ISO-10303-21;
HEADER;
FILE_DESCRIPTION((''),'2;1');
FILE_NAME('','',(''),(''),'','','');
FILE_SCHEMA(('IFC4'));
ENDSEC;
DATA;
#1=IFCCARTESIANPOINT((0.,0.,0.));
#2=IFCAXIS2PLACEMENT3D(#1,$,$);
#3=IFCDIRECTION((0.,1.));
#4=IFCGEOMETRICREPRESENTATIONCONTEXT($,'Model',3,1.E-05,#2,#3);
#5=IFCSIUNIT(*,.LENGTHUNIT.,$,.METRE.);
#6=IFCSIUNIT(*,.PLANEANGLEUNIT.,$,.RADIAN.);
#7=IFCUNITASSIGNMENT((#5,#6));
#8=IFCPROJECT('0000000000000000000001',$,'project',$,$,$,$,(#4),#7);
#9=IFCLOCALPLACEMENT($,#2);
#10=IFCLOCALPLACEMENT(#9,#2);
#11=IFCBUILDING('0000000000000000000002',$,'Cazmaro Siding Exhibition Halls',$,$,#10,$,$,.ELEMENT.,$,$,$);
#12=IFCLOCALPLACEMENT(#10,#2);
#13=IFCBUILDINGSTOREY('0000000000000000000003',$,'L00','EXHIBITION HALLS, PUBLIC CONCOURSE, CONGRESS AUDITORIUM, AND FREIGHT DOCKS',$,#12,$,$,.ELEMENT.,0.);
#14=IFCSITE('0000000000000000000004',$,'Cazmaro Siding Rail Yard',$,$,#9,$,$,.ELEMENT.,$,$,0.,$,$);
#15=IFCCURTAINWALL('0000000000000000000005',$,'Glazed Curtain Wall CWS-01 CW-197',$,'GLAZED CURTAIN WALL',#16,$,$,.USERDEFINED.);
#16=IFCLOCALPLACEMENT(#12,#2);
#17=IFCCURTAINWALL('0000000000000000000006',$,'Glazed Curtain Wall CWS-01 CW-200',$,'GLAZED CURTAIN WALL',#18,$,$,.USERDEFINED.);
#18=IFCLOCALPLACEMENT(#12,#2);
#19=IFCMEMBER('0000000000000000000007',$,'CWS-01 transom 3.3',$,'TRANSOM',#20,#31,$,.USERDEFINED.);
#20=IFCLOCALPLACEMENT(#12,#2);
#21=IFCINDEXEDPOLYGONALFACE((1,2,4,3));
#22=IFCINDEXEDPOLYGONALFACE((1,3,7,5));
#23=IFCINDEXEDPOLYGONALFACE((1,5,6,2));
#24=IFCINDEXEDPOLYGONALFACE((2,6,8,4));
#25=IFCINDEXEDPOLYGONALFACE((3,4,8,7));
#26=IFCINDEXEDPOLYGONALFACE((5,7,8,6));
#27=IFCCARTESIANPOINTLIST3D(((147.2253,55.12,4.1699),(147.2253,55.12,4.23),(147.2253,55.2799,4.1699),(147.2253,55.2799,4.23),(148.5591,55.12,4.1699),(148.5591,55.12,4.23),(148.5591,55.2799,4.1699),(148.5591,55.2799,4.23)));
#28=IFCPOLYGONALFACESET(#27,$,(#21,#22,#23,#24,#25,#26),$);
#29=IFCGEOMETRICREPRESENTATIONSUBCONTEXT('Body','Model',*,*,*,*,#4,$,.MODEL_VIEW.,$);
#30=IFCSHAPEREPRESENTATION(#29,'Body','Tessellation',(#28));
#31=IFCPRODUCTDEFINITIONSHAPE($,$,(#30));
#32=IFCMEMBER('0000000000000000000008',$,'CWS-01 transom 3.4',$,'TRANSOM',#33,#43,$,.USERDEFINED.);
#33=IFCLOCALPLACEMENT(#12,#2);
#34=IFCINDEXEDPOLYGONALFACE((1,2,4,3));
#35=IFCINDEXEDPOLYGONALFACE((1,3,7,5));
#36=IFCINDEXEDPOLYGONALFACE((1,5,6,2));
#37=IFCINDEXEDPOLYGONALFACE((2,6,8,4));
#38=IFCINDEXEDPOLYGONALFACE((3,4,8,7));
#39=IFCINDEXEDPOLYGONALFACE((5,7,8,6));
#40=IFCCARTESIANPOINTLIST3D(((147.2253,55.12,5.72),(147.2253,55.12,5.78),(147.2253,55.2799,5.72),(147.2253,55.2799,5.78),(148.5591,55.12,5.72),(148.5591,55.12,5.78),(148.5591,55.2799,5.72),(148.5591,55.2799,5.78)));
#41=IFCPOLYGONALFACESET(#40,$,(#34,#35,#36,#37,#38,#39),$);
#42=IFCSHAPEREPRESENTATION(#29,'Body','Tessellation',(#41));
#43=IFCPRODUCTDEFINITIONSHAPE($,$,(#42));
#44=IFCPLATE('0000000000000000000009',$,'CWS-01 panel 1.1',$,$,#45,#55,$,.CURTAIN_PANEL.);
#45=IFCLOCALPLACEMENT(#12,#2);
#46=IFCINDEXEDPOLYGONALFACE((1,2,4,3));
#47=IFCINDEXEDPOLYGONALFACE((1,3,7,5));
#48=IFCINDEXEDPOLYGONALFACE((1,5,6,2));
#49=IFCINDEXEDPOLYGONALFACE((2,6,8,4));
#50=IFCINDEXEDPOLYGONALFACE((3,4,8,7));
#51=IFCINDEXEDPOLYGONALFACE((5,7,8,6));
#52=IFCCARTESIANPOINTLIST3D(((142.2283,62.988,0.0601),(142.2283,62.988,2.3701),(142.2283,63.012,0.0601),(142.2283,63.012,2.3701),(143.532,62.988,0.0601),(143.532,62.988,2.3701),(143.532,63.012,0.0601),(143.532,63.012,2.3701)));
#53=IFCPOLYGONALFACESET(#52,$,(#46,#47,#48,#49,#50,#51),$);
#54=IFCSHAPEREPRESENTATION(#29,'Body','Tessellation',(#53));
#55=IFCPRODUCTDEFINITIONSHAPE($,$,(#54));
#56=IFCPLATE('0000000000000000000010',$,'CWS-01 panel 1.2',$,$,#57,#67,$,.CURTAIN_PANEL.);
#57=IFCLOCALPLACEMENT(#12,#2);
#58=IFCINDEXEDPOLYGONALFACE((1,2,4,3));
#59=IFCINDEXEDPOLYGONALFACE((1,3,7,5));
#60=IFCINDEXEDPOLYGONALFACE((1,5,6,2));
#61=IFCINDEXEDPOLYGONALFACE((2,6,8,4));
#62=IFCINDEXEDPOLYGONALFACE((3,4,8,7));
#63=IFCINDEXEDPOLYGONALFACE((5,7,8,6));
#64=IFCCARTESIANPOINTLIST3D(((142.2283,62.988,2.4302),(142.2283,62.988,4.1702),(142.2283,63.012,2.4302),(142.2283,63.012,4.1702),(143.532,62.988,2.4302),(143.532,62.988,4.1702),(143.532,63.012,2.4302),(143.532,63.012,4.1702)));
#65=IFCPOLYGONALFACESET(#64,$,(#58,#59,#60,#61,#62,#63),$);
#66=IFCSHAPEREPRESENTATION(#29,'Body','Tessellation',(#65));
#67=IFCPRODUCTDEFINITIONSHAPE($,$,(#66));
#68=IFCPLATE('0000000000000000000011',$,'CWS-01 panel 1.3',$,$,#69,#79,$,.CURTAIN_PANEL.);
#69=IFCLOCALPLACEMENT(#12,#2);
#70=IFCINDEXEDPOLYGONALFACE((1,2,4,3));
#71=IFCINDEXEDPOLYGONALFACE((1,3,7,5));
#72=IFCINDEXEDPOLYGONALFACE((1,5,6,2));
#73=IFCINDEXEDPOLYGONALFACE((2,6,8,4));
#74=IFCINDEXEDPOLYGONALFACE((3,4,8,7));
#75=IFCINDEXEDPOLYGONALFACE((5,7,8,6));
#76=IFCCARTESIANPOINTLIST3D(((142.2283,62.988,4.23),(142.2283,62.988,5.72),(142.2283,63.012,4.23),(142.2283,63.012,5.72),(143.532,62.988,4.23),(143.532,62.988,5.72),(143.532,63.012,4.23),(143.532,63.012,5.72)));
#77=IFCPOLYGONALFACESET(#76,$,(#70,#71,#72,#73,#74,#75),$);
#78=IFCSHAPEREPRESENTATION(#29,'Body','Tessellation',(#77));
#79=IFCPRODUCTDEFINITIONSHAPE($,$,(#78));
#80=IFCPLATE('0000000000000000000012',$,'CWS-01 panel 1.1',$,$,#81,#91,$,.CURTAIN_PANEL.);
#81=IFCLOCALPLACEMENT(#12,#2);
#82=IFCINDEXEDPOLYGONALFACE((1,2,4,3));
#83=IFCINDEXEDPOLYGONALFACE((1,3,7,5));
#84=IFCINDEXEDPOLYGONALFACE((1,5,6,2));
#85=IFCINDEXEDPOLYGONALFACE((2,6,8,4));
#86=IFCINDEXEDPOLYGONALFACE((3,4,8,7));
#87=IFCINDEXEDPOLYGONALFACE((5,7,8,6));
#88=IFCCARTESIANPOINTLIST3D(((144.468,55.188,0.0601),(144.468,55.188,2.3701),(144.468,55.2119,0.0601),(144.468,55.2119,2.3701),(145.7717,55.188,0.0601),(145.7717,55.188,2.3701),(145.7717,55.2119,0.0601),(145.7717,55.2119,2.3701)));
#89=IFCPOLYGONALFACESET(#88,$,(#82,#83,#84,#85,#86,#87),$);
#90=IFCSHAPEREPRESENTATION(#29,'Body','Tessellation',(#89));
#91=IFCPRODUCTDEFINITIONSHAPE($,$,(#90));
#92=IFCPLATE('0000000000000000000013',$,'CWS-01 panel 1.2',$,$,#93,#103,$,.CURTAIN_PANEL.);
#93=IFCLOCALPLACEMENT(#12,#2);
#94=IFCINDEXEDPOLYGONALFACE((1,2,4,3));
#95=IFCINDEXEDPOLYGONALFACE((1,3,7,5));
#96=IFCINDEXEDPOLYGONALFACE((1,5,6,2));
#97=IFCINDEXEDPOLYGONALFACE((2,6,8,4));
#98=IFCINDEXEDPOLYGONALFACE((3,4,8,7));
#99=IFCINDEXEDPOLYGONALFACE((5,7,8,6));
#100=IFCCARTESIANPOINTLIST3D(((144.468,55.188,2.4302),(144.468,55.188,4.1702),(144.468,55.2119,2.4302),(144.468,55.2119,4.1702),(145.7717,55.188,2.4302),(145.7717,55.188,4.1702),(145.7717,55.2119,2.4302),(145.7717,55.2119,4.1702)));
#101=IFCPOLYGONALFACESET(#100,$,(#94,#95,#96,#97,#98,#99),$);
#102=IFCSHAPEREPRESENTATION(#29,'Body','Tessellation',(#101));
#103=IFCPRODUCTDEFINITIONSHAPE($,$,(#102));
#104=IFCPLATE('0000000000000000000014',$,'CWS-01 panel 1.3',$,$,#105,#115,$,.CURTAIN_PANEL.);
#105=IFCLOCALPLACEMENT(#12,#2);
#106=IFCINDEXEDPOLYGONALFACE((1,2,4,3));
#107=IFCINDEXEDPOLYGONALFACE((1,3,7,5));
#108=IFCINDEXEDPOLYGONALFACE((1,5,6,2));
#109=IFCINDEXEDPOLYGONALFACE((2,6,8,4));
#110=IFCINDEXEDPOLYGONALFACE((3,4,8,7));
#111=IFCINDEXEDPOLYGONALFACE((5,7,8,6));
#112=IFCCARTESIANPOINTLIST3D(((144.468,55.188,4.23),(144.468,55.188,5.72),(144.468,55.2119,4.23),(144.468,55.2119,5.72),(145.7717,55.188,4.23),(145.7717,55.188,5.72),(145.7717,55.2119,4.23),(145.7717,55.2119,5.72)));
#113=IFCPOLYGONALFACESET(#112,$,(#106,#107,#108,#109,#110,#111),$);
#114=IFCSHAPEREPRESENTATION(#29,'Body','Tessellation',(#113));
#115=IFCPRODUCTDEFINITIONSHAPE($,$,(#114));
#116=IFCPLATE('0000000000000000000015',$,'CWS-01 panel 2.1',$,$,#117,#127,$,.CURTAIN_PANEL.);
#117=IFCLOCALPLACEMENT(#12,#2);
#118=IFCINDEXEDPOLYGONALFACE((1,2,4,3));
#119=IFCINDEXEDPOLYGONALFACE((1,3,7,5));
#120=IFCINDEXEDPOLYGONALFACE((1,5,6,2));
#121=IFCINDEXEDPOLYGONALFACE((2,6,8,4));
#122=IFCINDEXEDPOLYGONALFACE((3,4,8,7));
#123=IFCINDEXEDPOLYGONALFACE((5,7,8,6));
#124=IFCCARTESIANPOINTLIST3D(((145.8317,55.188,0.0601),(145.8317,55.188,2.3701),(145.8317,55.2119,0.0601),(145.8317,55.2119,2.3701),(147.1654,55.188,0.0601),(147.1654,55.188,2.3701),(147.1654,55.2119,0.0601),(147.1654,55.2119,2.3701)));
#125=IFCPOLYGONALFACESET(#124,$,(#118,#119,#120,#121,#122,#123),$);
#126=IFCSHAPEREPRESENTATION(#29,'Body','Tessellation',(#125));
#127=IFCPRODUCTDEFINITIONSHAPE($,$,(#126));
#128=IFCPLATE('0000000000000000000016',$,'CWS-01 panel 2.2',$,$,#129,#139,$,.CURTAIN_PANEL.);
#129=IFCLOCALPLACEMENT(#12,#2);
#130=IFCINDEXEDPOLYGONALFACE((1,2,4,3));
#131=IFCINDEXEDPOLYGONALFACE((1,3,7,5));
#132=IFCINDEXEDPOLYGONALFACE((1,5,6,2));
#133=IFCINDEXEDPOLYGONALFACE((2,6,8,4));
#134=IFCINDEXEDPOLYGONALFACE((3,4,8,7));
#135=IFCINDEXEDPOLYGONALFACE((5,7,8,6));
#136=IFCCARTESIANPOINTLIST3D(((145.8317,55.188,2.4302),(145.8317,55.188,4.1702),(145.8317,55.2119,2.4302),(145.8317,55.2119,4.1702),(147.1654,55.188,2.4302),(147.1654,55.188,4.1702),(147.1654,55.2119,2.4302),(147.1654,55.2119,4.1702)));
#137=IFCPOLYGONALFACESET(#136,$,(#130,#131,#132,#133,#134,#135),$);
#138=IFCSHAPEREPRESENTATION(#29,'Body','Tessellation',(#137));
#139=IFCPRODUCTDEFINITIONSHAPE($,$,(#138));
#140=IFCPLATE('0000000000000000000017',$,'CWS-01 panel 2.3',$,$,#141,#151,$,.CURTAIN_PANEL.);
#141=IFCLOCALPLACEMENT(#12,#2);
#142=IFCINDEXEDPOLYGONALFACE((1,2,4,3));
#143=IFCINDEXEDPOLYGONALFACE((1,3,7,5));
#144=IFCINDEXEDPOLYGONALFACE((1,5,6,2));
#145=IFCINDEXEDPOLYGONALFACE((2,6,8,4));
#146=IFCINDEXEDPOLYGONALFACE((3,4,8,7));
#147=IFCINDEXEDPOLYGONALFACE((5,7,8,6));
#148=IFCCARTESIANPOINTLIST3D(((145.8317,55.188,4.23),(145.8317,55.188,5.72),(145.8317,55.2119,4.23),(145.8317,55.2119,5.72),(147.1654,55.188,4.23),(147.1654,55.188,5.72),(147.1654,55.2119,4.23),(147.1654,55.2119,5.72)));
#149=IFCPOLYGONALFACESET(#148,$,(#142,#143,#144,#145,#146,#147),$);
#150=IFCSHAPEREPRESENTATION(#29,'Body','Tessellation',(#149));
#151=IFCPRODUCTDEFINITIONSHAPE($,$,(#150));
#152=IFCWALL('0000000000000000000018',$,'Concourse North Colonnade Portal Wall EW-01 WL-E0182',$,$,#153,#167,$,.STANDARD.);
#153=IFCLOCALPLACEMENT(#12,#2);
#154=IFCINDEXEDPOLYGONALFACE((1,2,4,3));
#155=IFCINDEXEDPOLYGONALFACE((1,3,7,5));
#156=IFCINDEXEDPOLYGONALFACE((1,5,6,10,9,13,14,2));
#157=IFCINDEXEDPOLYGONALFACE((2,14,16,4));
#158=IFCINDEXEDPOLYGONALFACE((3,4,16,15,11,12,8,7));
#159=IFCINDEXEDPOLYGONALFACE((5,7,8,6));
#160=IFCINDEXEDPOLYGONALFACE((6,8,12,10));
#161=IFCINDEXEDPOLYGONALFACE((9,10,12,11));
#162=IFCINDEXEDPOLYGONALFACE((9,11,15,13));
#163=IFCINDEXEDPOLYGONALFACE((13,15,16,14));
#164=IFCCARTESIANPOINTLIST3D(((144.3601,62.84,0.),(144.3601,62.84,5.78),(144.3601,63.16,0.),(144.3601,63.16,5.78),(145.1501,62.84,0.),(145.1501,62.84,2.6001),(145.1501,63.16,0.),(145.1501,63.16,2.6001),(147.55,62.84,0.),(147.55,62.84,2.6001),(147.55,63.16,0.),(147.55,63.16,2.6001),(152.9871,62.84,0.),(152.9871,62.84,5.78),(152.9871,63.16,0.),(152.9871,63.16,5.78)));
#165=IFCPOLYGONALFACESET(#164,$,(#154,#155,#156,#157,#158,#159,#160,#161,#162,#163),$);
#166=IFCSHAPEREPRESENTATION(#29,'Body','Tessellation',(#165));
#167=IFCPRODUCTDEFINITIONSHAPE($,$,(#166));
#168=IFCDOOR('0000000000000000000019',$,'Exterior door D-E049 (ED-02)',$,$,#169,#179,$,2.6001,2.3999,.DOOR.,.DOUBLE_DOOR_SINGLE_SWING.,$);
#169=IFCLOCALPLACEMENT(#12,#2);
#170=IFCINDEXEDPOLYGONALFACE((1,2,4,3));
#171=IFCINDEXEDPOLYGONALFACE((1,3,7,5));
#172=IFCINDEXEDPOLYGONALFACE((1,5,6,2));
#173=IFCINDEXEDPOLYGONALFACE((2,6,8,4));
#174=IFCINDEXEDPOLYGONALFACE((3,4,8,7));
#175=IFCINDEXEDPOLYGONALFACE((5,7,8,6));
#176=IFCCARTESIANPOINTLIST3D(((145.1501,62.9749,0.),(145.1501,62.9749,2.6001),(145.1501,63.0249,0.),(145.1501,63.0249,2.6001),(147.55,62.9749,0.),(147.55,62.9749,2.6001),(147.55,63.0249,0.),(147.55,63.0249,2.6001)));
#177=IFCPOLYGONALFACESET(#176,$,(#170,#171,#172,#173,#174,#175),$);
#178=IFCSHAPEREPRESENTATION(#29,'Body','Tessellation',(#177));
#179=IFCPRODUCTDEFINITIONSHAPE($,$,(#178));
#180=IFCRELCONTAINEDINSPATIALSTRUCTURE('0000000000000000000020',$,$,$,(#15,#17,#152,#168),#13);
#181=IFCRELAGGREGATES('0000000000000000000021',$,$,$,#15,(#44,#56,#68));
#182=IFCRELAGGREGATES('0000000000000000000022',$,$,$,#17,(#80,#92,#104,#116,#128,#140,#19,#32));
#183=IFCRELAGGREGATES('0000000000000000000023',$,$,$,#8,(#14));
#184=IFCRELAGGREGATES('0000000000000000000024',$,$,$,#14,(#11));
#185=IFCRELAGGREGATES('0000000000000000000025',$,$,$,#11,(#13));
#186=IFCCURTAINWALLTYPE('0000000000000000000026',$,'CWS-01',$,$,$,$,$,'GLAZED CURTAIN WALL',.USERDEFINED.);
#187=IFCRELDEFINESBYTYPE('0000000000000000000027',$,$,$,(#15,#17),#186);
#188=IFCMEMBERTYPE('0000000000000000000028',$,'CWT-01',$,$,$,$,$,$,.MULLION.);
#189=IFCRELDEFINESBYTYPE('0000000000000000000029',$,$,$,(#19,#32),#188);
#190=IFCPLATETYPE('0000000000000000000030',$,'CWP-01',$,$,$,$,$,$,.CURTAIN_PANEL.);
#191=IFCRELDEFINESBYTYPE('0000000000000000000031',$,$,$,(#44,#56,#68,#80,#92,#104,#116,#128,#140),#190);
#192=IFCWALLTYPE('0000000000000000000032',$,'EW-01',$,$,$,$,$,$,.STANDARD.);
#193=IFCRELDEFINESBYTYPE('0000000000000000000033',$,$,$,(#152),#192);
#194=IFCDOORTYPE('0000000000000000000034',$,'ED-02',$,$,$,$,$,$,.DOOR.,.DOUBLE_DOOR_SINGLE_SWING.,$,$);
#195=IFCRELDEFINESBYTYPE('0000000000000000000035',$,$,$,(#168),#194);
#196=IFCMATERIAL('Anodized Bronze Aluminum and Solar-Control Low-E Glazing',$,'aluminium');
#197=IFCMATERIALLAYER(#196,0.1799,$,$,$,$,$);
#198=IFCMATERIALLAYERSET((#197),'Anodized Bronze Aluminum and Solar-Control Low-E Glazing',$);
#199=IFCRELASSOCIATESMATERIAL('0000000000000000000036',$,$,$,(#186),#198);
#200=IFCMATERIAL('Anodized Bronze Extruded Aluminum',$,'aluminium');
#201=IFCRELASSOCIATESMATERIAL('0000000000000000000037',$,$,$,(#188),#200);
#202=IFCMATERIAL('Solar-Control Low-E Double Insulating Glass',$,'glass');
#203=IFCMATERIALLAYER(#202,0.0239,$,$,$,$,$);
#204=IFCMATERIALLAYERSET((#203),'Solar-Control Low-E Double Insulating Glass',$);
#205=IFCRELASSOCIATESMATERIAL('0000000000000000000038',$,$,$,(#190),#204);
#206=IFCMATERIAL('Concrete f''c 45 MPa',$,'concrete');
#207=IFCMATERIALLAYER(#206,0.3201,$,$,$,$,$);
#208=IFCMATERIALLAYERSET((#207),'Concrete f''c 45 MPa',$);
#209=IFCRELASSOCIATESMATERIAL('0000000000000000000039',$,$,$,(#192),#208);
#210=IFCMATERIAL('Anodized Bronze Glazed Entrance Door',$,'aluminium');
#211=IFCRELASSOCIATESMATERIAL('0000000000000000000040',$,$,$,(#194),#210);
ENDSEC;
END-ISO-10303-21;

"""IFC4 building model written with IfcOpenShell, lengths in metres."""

from ifc_helpers import new_model, si_unit, direction, frame, frame_2d, origin, origin_2d, place, context, subcontext, project, spatial, rectangle, extrude, material, layer, layer_set, material_profile, profile_set, type_object, element, fill, aggregate, save


model = new_model("IFC4")

# Units and contexts
model_context = context("Model", 3, precision=1e-05, world=origin(), true_north=direction((0.0, 1.0)))
body_context = subcontext(model_context, "Body", "Model", "MODEL_VIEW")
ifc_project = project(units=[si_unit("LENGTHUNIT", "METRE"), si_unit("PLANEANGLEUNIT", "RADIAN")], contexts=[model_context])

# Site, building, storey
site_placement = place(None, origin())
site = spatial("IfcSite", under=ifc_project, at=site_placement, Name="Cazmaro Siding Rail Yard", CompositionType="ELEMENT", RefElevation=0.0)
building_placement = place(site_placement, origin())
building = spatial("IfcBuilding", under=site, at=building_placement, Name="Cazmaro Siding Exhibition Halls", CompositionType="ELEMENT")
storey_placement = place(building_placement, origin())
storey = spatial("IfcBuildingStorey", under=building, at=storey_placement, Name="L00", Description="EXHIBITION HALLS, PUBLIC CONCOURSE, CONGRESS AUDITORIUM, AND FREIGHT DOCKS", CompositionType="ELEMENT", Elevation=0.0)

# Curtain walls
ifc_material_1 = material(Name="Anodized Bronze Aluminum and Solar-Control Low-E Glazing", Category="aluminium")
ifc_layer_1 = layer(ifc_material_1, 0.1799)
ifc_layer_set_1 = layer_set([ifc_layer_1], Name="Anodized Bronze Aluminum and Solar-Control Low-E Glazing")
curtain_wall_type = type_object("IfcCurtainWallType", Name="CWS-01", ElementType="GLAZED CURTAIN WALL", PredefinedType="USERDEFINED", material=ifc_layer_set_1)
curtain_wall_1_placement = place(storey_placement, origin())
curtain_wall_1 = element("IfcCurtainWall", 1, at=curtain_wall_1_placement, inside=storey, type_object=curtain_wall_type, Name="Glazed Curtain Wall CWS-01 CW-197", ObjectType="GLAZED CURTAIN WALL", PredefinedType="USERDEFINED")
curtain_wall_2_placement = place(storey_placement, origin())
curtain_wall_2 = element("IfcCurtainWall", 2, at=curtain_wall_2_placement, inside=storey, type_object=curtain_wall_type, Name="Glazed Curtain Wall CWS-01 CW-200", ObjectType="GLAZED CURTAIN WALL", PredefinedType="USERDEFINED")

# Members
ifc_material_2 = material(Name="Anodized Bronze Extruded Aluminum", Category="aluminium")
ifc_material_profile_1 = material_profile(ifc_material_2, rectangle(XDim=0.1599, YDim=0.0601, at=origin_2d()), Name="CWT-01")
ifc_profile_set_1 = profile_set([ifc_material_profile_1], Name="Anodized Bronze Extruded Aluminum")
member_type_1 = type_object("IfcMemberType", Name="CWT-01", PredefinedType="MULLION", material=ifc_profile_set_1)
member_1_placement = place(storey_placement, frame((147.2253, 55.2, 4.2), z_axis=(1.0, 0.0, 0.0), x_axis=(0.0, 1.0, 0.0)))
member_1 = element("IfcMember", 3, at=member_1_placement, type_object=member_type_1, Name="CWS-01 transom 3.3", ObjectType="TRANSOM", PredefinedType="USERDEFINED", context=body_context, shape_type="SweptSolid", body=[
    extrude(rectangle(XDim=0.1599, YDim=0.0601, at=origin_2d()), origin(), (0.0, 0.0, 1.0), 1.3337),
])
member_2_placement = place(storey_placement, frame((147.2253, 55.2, 5.75), z_axis=(1.0, 0.0, 0.0), x_axis=(0.0, 1.0, 0.0)))
member_2 = element("IfcMember", 4, at=member_2_placement, type_object=member_type_1, Name="CWS-01 transom 3.4", ObjectType="TRANSOM", PredefinedType="USERDEFINED", context=body_context, shape_type="SweptSolid", body=[
    extrude(rectangle(XDim=0.1599, YDim=0.0601, at=origin_2d()), origin(), (0.0, 0.0, 1.0), 1.3337),
])

# Plates
ifc_material_3 = material(Name="Solar-Control Low-E Double Insulating Glass", Category="glass")
ifc_layer_2 = layer(ifc_material_3, 0.0239)
ifc_layer_set_2 = layer_set([ifc_layer_2], Name="Solar-Control Low-E Double Insulating Glass")
plate_type = type_object("IfcPlateType", Name="CWP-01", PredefinedType="CURTAIN_PANEL", material=ifc_layer_set_2)
plate_1_placement = place(storey_placement, frame((142.8801, 63.0, 0.0601), z_axis=(0.0, 0.0, 1.0), x_axis=(-1.0, 0.0, 0.0)))
plate_1 = element("IfcPlate", 5, at=plate_1_placement, type_object=plate_type, Name="CWS-01 panel 1.1", PredefinedType="CURTAIN_PANEL", context=body_context, shape_type="SweptSolid", body=[
    extrude(rectangle(XDim=1.3037, YDim=0.0239, at=origin_2d()), origin(), (0.0, 0.0, 1.0), 2.3101),
])
plate_2_placement = place(storey_placement, frame((142.8801, 63.0, 2.4302), z_axis=(0.0, 0.0, 1.0), x_axis=(-1.0, 0.0, 0.0)))
plate_2 = element("IfcPlate", 6, at=plate_2_placement, type_object=plate_type, Name="CWS-01 panel 1.2", PredefinedType="CURTAIN_PANEL", context=body_context, shape_type="SweptSolid", body=[
    extrude(rectangle(XDim=1.3037, YDim=0.0239, at=origin_2d()), origin(), (0.0, 0.0, 1.0), 1.74),
])
plate_3_placement = place(storey_placement, frame((142.8801, 63.0, 4.23), z_axis=(0.0, 0.0, 1.0), x_axis=(-1.0, 0.0, 0.0)))
plate_3 = element("IfcPlate", 7, at=plate_3_placement, type_object=plate_type, Name="CWS-01 panel 1.3", PredefinedType="CURTAIN_PANEL", context=body_context, shape_type="SweptSolid", body=[
    extrude(rectangle(XDim=1.3037, YDim=0.0239, at=origin_2d()), origin(), (0.0, 0.0, 1.0), 1.49),
])
aggregate(curtain_wall_1, [plate_1, plate_2, plate_3])
plate_4_placement = place(storey_placement, frame((145.1199, 55.2, 0.0601), z_axis=(0.0, 0.0, 1.0), x_axis=(1.0, 0.0, 0.0)))
plate_4 = element("IfcPlate", 8, at=plate_4_placement, type_object=plate_type, Name="CWS-01 panel 1.1", PredefinedType="CURTAIN_PANEL", context=body_context, shape_type="SweptSolid", body=[
    extrude(rectangle(XDim=1.3037, YDim=0.0239, at=origin_2d()), origin(), (0.0, 0.0, 1.0), 2.3101),
])
plate_5_placement = place(storey_placement, frame((145.1199, 55.2, 2.4302), z_axis=(0.0, 0.0, 1.0), x_axis=(1.0, 0.0, 0.0)))
plate_5 = element("IfcPlate", 9, at=plate_5_placement, type_object=plate_type, Name="CWS-01 panel 1.2", PredefinedType="CURTAIN_PANEL", context=body_context, shape_type="SweptSolid", body=[
    extrude(rectangle(XDim=1.3037, YDim=0.0239, at=origin_2d()), origin(), (0.0, 0.0, 1.0), 1.74),
])
plate_6_placement = place(storey_placement, frame((145.1199, 55.2, 4.23), z_axis=(0.0, 0.0, 1.0), x_axis=(1.0, 0.0, 0.0)))
plate_6 = element("IfcPlate", 10, at=plate_6_placement, type_object=plate_type, Name="CWS-01 panel 1.3", PredefinedType="CURTAIN_PANEL", context=body_context, shape_type="SweptSolid", body=[
    extrude(rectangle(XDim=1.3037, YDim=0.0239, at=origin_2d()), origin(), (0.0, 0.0, 1.0), 1.49),
])
plate_7_placement = place(storey_placement, frame((146.4985, 55.2, 0.0601), z_axis=(0.0, 0.0, 1.0), x_axis=(1.0, 0.0, 0.0)))
plate_7 = element("IfcPlate", 11, at=plate_7_placement, type_object=plate_type, Name="CWS-01 panel 2.1", PredefinedType="CURTAIN_PANEL", context=body_context, shape_type="SweptSolid", body=[
    extrude(rectangle(XDim=1.3337, YDim=0.0239, at=origin_2d()), origin(), (0.0, 0.0, 1.0), 2.3101),
])
plate_8_placement = place(storey_placement, frame((146.4985, 55.2, 2.4302), z_axis=(0.0, 0.0, 1.0), x_axis=(1.0, 0.0, 0.0)))
plate_8 = element("IfcPlate", 12, at=plate_8_placement, type_object=plate_type, Name="CWS-01 panel 2.2", PredefinedType="CURTAIN_PANEL", context=body_context, shape_type="SweptSolid", body=[
    extrude(rectangle(XDim=1.3337, YDim=0.0239, at=origin_2d()), origin(), (0.0, 0.0, 1.0), 1.74),
])
plate_9_placement = place(storey_placement, frame((146.4985, 55.2, 4.23), z_axis=(0.0, 0.0, 1.0), x_axis=(1.0, 0.0, 0.0)))
plate_9 = element("IfcPlate", 13, at=plate_9_placement, type_object=plate_type, Name="CWS-01 panel 2.3", PredefinedType="CURTAIN_PANEL", context=body_context, shape_type="SweptSolid", body=[
    extrude(rectangle(XDim=1.3337, YDim=0.0239, at=origin_2d()), origin(), (0.0, 0.0, 1.0), 1.49),
])
aggregate(curtain_wall_2, [plate_4, plate_5, plate_6, plate_7, plate_8, plate_9, member_1, member_2])

# Wall, opening, door
ifc_material_4 = material(Name="Concrete f'c 45 MPa", Category="concrete")
ifc_layer_3 = layer(ifc_material_4, 0.3201)
ifc_layer_set_3 = layer_set([ifc_layer_3], Name="Concrete f'c 45 MPa")
wall_type = type_object("IfcWallType", Name="EW-01", PredefinedType="STANDARD", material=ifc_layer_set_3)
wall_placement = place(storey_placement, frame((144.3601, 63.0, 0.0), z_axis=(0.0, 0.0, 1.0), x_axis=(1.0, 0.0, 0.0)))
wall = element("IfcWall", 14, at=wall_placement, inside=storey, type_object=wall_type, Name="Concourse North Colonnade Portal Wall EW-01 WL-E0182", PredefinedType="STANDARD", context=body_context, shape_type="SweptSolid", body=[
    extrude(rectangle(XDim=8.627, YDim=0.3201, at=frame_2d((4.3135, 0.0))), origin(), (0.0, 0.0, 1.0), 5.78),
])
opening_placement = place(wall_placement, frame((0.79, 0.0, 0.0)))
opening = element("IfcOpeningElement", 15, at=opening_placement, cuts=wall, PredefinedType="OPENING", context=body_context, shape_type="SweptSolid", body=[
    extrude(rectangle(XDim=2.3999, YDim=2.6001, at=frame_2d((1.2, 1.3))), frame((0.0, 0.1699, 0.0), z_axis=(0.0, -1.0, 0.0), x_axis=(1.0, 0.0, 0.0)), (0.0, 0.0, 1.0), 0.3401),
])
ifc_material_5 = material(Name="Anodized Bronze Glazed Entrance Door", Category="aluminium")
door_type = type_object("IfcDoorType", Name="ED-02", OperationType="DOUBLE_DOOR_SINGLE_SWING", PredefinedType="DOOR", material=ifc_material_5)
door_placement = place(opening_placement, origin())
door = element("IfcDoor", 16, at=door_placement, inside=storey, type_object=door_type, Name="Exterior door D-E049 (ED-02)", OperationType="DOUBLE_DOOR_SINGLE_SWING", OverallHeight=2.6001, OverallWidth=2.3999, PredefinedType="DOOR", context=body_context, shape_type="SweptSolid", body=[
    extrude(rectangle(XDim=2.3999, YDim=2.6001, at=frame_2d((1.2, 1.3))), frame((0.0, 0.0249, 0.0), z_axis=(0.0, -1.0, 0.0), x_axis=(1.0, 0.0, 0.0)), (0.0, 0.0, 1.0), 0.05),
])
fill(opening, door)

save(model, "model.ifc")
